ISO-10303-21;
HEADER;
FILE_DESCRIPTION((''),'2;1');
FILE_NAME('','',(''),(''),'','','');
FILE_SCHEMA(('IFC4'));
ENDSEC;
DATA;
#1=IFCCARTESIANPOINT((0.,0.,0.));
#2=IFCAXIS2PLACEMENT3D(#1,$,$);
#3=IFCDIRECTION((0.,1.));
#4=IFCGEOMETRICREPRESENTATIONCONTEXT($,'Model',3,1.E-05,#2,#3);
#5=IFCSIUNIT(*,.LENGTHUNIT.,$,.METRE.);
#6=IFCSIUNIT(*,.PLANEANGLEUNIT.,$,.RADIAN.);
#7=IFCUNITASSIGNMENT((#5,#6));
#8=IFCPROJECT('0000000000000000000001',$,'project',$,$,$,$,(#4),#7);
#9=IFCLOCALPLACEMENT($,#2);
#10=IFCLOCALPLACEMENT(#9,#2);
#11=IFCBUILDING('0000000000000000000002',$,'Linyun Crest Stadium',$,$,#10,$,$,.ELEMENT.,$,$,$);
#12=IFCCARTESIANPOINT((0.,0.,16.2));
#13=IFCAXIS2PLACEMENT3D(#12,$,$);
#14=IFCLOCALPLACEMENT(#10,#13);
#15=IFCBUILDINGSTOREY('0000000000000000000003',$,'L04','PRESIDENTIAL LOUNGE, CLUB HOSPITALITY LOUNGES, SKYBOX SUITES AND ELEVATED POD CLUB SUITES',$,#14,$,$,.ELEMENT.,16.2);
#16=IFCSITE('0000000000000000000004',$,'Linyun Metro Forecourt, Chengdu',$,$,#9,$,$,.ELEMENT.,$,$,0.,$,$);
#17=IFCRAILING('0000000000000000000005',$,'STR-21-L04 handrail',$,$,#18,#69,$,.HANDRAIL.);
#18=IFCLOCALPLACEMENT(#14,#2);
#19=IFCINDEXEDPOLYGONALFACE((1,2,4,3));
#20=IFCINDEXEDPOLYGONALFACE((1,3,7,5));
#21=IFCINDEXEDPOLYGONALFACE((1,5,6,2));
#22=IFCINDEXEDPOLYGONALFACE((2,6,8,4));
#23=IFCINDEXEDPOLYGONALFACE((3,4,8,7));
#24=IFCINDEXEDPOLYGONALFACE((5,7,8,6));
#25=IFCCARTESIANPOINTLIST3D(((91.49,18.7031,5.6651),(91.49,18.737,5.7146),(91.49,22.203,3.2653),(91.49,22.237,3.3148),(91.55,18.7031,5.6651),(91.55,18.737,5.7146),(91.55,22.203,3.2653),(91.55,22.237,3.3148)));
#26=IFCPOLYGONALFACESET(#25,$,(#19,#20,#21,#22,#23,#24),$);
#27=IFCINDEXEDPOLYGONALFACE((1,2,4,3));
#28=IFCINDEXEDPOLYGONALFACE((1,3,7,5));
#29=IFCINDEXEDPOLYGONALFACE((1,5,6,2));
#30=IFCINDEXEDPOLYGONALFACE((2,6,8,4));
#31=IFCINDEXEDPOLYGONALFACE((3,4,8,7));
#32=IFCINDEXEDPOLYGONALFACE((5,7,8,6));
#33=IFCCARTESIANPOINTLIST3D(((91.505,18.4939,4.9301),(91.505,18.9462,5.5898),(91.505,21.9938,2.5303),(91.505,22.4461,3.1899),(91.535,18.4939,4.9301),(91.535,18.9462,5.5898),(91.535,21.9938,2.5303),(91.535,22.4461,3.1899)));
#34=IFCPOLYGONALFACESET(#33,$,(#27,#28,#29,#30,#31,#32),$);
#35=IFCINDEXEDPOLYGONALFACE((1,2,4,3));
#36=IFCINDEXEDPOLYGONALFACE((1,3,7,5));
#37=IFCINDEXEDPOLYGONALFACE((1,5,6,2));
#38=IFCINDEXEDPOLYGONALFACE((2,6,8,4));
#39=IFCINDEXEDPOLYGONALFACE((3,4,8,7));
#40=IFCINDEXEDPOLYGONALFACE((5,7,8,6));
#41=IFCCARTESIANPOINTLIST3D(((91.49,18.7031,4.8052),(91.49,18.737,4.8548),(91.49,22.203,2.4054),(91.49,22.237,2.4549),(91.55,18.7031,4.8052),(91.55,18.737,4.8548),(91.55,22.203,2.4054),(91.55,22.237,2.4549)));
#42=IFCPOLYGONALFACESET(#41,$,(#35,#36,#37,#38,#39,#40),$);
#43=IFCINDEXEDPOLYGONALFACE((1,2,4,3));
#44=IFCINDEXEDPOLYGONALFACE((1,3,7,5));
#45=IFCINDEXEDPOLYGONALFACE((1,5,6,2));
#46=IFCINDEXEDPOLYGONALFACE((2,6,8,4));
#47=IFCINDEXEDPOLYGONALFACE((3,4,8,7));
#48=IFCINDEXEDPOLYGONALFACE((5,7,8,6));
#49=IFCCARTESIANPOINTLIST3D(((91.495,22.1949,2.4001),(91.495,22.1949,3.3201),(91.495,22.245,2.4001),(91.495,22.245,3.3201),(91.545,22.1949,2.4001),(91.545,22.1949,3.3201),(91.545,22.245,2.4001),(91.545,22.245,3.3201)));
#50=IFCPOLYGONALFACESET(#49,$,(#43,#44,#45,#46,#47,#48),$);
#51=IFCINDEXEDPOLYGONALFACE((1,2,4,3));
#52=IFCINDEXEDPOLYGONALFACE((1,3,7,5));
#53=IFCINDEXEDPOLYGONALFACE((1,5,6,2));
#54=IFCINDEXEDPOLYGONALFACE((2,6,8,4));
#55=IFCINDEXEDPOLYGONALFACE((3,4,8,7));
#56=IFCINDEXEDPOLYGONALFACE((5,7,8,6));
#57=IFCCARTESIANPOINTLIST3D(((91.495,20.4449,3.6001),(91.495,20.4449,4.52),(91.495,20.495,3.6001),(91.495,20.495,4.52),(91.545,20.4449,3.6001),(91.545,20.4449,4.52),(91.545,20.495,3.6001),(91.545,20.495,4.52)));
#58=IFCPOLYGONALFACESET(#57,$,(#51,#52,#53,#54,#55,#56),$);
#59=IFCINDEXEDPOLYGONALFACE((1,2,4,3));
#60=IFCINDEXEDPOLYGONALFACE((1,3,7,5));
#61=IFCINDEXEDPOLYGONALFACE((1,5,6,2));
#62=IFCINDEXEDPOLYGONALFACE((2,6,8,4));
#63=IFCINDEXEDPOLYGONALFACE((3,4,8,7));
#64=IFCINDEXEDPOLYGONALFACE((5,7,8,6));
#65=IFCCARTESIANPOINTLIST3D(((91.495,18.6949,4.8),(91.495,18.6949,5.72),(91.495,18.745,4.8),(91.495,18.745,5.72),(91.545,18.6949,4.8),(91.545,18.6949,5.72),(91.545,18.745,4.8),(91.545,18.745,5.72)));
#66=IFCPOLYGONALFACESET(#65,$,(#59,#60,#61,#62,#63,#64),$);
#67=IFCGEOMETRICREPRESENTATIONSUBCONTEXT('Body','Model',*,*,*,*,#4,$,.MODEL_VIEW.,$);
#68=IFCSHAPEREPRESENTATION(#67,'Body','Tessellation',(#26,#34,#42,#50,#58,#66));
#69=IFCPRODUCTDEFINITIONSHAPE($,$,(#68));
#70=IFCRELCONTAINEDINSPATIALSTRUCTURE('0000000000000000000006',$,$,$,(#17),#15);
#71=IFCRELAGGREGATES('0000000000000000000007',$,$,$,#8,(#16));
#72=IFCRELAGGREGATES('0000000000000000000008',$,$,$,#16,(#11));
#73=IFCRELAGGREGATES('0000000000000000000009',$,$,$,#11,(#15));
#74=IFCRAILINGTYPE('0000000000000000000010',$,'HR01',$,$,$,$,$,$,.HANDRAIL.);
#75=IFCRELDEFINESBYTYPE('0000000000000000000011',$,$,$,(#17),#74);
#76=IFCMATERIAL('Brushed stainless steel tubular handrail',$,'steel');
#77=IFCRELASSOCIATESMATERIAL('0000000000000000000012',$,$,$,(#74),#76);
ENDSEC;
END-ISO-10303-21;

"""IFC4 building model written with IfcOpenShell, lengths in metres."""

from ifc_helpers import new_model, si_unit, direction, frame, origin, origin_2d, place, context, subcontext, project, spatial, rectangle, extrude, material, type_object, element, save


model = new_model("IFC4")

# Units and contexts
model_context = context("Model", 3, precision=1e-05, world=origin(), true_north=direction((0.0, 1.0)))
body_context = subcontext(model_context, "Body", "Model", "MODEL_VIEW")
ifc_project = project(units=[si_unit("LENGTHUNIT", "METRE"), si_unit("PLANEANGLEUNIT", "RADIAN")], contexts=[model_context])

# Site, building, storey
site_placement = place(None, origin())
site = spatial("IfcSite", under=ifc_project, at=site_placement, Name="Linyun Metro Forecourt, Chengdu", CompositionType="ELEMENT", RefElevation=0.0)
building_placement = place(site_placement, origin())
building = spatial("IfcBuilding", under=site, at=building_placement, Name="Linyun Crest Stadium", CompositionType="ELEMENT")
storey_placement = place(building_placement, frame((0.0, 0.0, 16.2)))
storey = spatial("IfcBuildingStorey", under=building, at=storey_placement, Name="L04", Description="PRESIDENTIAL LOUNGE, CLUB HOSPITALITY LOUNGES, SKYBOX SUITES AND ELEVATED POD CLUB SUITES", CompositionType="ELEMENT", Elevation=16.2)

# Railing
ifc_material_1 = material(Name="Brushed stainless steel tubular handrail", Category="steel")
railing_type_1 = type_object("IfcRailingType", Name="HR01", PredefinedType="HANDRAIL", material=ifc_material_1)
railing_1_placement = place(storey_placement, frame((91.52, 22.22, 2.4001)))
element("IfcRailing", 1, at=railing_1_placement, inside=storey, type_object=railing_type_1, Name="STR-21-L04 handrail", PredefinedType="HANDRAIL", context=body_context, shape_type="SweptSolid", body=[
    extrude(rectangle(XDim=0.0601, YDim=0.0601, at=origin_2d()), frame((0.0, 0.0, 0.8899), z_axis=(0.0, -0.82474, 0.565513), x_axis=(1.0, 0.0, 0.0)), (0.0, 0.0, 1.0), 4.2437),
    extrude(rectangle(XDim=0.03, YDim=0.7998, at=origin_2d()), frame((0.0, 0.0, 0.46), z_axis=(0.0, -0.82474, 0.565513), x_axis=(1.0, 0.0, 0.0)), (0.0, 0.0, 1.0), 4.2437),
    extrude(rectangle(XDim=0.0601, YDim=0.0601, at=origin_2d()), frame((0.0, 0.0, 0.03), z_axis=(0.0, -0.82474, 0.565513), x_axis=(1.0, 0.0, 0.0)), (0.0, 0.0, 1.0), 4.2437),
    extrude(rectangle(XDim=0.05, YDim=0.05, at=origin_2d()), origin(), (0.0, 0.0, 1.0), 0.9199),
    extrude(rectangle(XDim=0.05, YDim=0.05, at=origin_2d()), frame((0.0, -1.75, 1.2)), (0.0, 0.0, 1.0), 0.9199),
    extrude(rectangle(XDim=0.05, YDim=0.05, at=origin_2d()), frame((0.0, -3.5, 2.3999)), (0.0, 0.0, 1.0), 0.9199),
])

save(model, "model.ifc")
